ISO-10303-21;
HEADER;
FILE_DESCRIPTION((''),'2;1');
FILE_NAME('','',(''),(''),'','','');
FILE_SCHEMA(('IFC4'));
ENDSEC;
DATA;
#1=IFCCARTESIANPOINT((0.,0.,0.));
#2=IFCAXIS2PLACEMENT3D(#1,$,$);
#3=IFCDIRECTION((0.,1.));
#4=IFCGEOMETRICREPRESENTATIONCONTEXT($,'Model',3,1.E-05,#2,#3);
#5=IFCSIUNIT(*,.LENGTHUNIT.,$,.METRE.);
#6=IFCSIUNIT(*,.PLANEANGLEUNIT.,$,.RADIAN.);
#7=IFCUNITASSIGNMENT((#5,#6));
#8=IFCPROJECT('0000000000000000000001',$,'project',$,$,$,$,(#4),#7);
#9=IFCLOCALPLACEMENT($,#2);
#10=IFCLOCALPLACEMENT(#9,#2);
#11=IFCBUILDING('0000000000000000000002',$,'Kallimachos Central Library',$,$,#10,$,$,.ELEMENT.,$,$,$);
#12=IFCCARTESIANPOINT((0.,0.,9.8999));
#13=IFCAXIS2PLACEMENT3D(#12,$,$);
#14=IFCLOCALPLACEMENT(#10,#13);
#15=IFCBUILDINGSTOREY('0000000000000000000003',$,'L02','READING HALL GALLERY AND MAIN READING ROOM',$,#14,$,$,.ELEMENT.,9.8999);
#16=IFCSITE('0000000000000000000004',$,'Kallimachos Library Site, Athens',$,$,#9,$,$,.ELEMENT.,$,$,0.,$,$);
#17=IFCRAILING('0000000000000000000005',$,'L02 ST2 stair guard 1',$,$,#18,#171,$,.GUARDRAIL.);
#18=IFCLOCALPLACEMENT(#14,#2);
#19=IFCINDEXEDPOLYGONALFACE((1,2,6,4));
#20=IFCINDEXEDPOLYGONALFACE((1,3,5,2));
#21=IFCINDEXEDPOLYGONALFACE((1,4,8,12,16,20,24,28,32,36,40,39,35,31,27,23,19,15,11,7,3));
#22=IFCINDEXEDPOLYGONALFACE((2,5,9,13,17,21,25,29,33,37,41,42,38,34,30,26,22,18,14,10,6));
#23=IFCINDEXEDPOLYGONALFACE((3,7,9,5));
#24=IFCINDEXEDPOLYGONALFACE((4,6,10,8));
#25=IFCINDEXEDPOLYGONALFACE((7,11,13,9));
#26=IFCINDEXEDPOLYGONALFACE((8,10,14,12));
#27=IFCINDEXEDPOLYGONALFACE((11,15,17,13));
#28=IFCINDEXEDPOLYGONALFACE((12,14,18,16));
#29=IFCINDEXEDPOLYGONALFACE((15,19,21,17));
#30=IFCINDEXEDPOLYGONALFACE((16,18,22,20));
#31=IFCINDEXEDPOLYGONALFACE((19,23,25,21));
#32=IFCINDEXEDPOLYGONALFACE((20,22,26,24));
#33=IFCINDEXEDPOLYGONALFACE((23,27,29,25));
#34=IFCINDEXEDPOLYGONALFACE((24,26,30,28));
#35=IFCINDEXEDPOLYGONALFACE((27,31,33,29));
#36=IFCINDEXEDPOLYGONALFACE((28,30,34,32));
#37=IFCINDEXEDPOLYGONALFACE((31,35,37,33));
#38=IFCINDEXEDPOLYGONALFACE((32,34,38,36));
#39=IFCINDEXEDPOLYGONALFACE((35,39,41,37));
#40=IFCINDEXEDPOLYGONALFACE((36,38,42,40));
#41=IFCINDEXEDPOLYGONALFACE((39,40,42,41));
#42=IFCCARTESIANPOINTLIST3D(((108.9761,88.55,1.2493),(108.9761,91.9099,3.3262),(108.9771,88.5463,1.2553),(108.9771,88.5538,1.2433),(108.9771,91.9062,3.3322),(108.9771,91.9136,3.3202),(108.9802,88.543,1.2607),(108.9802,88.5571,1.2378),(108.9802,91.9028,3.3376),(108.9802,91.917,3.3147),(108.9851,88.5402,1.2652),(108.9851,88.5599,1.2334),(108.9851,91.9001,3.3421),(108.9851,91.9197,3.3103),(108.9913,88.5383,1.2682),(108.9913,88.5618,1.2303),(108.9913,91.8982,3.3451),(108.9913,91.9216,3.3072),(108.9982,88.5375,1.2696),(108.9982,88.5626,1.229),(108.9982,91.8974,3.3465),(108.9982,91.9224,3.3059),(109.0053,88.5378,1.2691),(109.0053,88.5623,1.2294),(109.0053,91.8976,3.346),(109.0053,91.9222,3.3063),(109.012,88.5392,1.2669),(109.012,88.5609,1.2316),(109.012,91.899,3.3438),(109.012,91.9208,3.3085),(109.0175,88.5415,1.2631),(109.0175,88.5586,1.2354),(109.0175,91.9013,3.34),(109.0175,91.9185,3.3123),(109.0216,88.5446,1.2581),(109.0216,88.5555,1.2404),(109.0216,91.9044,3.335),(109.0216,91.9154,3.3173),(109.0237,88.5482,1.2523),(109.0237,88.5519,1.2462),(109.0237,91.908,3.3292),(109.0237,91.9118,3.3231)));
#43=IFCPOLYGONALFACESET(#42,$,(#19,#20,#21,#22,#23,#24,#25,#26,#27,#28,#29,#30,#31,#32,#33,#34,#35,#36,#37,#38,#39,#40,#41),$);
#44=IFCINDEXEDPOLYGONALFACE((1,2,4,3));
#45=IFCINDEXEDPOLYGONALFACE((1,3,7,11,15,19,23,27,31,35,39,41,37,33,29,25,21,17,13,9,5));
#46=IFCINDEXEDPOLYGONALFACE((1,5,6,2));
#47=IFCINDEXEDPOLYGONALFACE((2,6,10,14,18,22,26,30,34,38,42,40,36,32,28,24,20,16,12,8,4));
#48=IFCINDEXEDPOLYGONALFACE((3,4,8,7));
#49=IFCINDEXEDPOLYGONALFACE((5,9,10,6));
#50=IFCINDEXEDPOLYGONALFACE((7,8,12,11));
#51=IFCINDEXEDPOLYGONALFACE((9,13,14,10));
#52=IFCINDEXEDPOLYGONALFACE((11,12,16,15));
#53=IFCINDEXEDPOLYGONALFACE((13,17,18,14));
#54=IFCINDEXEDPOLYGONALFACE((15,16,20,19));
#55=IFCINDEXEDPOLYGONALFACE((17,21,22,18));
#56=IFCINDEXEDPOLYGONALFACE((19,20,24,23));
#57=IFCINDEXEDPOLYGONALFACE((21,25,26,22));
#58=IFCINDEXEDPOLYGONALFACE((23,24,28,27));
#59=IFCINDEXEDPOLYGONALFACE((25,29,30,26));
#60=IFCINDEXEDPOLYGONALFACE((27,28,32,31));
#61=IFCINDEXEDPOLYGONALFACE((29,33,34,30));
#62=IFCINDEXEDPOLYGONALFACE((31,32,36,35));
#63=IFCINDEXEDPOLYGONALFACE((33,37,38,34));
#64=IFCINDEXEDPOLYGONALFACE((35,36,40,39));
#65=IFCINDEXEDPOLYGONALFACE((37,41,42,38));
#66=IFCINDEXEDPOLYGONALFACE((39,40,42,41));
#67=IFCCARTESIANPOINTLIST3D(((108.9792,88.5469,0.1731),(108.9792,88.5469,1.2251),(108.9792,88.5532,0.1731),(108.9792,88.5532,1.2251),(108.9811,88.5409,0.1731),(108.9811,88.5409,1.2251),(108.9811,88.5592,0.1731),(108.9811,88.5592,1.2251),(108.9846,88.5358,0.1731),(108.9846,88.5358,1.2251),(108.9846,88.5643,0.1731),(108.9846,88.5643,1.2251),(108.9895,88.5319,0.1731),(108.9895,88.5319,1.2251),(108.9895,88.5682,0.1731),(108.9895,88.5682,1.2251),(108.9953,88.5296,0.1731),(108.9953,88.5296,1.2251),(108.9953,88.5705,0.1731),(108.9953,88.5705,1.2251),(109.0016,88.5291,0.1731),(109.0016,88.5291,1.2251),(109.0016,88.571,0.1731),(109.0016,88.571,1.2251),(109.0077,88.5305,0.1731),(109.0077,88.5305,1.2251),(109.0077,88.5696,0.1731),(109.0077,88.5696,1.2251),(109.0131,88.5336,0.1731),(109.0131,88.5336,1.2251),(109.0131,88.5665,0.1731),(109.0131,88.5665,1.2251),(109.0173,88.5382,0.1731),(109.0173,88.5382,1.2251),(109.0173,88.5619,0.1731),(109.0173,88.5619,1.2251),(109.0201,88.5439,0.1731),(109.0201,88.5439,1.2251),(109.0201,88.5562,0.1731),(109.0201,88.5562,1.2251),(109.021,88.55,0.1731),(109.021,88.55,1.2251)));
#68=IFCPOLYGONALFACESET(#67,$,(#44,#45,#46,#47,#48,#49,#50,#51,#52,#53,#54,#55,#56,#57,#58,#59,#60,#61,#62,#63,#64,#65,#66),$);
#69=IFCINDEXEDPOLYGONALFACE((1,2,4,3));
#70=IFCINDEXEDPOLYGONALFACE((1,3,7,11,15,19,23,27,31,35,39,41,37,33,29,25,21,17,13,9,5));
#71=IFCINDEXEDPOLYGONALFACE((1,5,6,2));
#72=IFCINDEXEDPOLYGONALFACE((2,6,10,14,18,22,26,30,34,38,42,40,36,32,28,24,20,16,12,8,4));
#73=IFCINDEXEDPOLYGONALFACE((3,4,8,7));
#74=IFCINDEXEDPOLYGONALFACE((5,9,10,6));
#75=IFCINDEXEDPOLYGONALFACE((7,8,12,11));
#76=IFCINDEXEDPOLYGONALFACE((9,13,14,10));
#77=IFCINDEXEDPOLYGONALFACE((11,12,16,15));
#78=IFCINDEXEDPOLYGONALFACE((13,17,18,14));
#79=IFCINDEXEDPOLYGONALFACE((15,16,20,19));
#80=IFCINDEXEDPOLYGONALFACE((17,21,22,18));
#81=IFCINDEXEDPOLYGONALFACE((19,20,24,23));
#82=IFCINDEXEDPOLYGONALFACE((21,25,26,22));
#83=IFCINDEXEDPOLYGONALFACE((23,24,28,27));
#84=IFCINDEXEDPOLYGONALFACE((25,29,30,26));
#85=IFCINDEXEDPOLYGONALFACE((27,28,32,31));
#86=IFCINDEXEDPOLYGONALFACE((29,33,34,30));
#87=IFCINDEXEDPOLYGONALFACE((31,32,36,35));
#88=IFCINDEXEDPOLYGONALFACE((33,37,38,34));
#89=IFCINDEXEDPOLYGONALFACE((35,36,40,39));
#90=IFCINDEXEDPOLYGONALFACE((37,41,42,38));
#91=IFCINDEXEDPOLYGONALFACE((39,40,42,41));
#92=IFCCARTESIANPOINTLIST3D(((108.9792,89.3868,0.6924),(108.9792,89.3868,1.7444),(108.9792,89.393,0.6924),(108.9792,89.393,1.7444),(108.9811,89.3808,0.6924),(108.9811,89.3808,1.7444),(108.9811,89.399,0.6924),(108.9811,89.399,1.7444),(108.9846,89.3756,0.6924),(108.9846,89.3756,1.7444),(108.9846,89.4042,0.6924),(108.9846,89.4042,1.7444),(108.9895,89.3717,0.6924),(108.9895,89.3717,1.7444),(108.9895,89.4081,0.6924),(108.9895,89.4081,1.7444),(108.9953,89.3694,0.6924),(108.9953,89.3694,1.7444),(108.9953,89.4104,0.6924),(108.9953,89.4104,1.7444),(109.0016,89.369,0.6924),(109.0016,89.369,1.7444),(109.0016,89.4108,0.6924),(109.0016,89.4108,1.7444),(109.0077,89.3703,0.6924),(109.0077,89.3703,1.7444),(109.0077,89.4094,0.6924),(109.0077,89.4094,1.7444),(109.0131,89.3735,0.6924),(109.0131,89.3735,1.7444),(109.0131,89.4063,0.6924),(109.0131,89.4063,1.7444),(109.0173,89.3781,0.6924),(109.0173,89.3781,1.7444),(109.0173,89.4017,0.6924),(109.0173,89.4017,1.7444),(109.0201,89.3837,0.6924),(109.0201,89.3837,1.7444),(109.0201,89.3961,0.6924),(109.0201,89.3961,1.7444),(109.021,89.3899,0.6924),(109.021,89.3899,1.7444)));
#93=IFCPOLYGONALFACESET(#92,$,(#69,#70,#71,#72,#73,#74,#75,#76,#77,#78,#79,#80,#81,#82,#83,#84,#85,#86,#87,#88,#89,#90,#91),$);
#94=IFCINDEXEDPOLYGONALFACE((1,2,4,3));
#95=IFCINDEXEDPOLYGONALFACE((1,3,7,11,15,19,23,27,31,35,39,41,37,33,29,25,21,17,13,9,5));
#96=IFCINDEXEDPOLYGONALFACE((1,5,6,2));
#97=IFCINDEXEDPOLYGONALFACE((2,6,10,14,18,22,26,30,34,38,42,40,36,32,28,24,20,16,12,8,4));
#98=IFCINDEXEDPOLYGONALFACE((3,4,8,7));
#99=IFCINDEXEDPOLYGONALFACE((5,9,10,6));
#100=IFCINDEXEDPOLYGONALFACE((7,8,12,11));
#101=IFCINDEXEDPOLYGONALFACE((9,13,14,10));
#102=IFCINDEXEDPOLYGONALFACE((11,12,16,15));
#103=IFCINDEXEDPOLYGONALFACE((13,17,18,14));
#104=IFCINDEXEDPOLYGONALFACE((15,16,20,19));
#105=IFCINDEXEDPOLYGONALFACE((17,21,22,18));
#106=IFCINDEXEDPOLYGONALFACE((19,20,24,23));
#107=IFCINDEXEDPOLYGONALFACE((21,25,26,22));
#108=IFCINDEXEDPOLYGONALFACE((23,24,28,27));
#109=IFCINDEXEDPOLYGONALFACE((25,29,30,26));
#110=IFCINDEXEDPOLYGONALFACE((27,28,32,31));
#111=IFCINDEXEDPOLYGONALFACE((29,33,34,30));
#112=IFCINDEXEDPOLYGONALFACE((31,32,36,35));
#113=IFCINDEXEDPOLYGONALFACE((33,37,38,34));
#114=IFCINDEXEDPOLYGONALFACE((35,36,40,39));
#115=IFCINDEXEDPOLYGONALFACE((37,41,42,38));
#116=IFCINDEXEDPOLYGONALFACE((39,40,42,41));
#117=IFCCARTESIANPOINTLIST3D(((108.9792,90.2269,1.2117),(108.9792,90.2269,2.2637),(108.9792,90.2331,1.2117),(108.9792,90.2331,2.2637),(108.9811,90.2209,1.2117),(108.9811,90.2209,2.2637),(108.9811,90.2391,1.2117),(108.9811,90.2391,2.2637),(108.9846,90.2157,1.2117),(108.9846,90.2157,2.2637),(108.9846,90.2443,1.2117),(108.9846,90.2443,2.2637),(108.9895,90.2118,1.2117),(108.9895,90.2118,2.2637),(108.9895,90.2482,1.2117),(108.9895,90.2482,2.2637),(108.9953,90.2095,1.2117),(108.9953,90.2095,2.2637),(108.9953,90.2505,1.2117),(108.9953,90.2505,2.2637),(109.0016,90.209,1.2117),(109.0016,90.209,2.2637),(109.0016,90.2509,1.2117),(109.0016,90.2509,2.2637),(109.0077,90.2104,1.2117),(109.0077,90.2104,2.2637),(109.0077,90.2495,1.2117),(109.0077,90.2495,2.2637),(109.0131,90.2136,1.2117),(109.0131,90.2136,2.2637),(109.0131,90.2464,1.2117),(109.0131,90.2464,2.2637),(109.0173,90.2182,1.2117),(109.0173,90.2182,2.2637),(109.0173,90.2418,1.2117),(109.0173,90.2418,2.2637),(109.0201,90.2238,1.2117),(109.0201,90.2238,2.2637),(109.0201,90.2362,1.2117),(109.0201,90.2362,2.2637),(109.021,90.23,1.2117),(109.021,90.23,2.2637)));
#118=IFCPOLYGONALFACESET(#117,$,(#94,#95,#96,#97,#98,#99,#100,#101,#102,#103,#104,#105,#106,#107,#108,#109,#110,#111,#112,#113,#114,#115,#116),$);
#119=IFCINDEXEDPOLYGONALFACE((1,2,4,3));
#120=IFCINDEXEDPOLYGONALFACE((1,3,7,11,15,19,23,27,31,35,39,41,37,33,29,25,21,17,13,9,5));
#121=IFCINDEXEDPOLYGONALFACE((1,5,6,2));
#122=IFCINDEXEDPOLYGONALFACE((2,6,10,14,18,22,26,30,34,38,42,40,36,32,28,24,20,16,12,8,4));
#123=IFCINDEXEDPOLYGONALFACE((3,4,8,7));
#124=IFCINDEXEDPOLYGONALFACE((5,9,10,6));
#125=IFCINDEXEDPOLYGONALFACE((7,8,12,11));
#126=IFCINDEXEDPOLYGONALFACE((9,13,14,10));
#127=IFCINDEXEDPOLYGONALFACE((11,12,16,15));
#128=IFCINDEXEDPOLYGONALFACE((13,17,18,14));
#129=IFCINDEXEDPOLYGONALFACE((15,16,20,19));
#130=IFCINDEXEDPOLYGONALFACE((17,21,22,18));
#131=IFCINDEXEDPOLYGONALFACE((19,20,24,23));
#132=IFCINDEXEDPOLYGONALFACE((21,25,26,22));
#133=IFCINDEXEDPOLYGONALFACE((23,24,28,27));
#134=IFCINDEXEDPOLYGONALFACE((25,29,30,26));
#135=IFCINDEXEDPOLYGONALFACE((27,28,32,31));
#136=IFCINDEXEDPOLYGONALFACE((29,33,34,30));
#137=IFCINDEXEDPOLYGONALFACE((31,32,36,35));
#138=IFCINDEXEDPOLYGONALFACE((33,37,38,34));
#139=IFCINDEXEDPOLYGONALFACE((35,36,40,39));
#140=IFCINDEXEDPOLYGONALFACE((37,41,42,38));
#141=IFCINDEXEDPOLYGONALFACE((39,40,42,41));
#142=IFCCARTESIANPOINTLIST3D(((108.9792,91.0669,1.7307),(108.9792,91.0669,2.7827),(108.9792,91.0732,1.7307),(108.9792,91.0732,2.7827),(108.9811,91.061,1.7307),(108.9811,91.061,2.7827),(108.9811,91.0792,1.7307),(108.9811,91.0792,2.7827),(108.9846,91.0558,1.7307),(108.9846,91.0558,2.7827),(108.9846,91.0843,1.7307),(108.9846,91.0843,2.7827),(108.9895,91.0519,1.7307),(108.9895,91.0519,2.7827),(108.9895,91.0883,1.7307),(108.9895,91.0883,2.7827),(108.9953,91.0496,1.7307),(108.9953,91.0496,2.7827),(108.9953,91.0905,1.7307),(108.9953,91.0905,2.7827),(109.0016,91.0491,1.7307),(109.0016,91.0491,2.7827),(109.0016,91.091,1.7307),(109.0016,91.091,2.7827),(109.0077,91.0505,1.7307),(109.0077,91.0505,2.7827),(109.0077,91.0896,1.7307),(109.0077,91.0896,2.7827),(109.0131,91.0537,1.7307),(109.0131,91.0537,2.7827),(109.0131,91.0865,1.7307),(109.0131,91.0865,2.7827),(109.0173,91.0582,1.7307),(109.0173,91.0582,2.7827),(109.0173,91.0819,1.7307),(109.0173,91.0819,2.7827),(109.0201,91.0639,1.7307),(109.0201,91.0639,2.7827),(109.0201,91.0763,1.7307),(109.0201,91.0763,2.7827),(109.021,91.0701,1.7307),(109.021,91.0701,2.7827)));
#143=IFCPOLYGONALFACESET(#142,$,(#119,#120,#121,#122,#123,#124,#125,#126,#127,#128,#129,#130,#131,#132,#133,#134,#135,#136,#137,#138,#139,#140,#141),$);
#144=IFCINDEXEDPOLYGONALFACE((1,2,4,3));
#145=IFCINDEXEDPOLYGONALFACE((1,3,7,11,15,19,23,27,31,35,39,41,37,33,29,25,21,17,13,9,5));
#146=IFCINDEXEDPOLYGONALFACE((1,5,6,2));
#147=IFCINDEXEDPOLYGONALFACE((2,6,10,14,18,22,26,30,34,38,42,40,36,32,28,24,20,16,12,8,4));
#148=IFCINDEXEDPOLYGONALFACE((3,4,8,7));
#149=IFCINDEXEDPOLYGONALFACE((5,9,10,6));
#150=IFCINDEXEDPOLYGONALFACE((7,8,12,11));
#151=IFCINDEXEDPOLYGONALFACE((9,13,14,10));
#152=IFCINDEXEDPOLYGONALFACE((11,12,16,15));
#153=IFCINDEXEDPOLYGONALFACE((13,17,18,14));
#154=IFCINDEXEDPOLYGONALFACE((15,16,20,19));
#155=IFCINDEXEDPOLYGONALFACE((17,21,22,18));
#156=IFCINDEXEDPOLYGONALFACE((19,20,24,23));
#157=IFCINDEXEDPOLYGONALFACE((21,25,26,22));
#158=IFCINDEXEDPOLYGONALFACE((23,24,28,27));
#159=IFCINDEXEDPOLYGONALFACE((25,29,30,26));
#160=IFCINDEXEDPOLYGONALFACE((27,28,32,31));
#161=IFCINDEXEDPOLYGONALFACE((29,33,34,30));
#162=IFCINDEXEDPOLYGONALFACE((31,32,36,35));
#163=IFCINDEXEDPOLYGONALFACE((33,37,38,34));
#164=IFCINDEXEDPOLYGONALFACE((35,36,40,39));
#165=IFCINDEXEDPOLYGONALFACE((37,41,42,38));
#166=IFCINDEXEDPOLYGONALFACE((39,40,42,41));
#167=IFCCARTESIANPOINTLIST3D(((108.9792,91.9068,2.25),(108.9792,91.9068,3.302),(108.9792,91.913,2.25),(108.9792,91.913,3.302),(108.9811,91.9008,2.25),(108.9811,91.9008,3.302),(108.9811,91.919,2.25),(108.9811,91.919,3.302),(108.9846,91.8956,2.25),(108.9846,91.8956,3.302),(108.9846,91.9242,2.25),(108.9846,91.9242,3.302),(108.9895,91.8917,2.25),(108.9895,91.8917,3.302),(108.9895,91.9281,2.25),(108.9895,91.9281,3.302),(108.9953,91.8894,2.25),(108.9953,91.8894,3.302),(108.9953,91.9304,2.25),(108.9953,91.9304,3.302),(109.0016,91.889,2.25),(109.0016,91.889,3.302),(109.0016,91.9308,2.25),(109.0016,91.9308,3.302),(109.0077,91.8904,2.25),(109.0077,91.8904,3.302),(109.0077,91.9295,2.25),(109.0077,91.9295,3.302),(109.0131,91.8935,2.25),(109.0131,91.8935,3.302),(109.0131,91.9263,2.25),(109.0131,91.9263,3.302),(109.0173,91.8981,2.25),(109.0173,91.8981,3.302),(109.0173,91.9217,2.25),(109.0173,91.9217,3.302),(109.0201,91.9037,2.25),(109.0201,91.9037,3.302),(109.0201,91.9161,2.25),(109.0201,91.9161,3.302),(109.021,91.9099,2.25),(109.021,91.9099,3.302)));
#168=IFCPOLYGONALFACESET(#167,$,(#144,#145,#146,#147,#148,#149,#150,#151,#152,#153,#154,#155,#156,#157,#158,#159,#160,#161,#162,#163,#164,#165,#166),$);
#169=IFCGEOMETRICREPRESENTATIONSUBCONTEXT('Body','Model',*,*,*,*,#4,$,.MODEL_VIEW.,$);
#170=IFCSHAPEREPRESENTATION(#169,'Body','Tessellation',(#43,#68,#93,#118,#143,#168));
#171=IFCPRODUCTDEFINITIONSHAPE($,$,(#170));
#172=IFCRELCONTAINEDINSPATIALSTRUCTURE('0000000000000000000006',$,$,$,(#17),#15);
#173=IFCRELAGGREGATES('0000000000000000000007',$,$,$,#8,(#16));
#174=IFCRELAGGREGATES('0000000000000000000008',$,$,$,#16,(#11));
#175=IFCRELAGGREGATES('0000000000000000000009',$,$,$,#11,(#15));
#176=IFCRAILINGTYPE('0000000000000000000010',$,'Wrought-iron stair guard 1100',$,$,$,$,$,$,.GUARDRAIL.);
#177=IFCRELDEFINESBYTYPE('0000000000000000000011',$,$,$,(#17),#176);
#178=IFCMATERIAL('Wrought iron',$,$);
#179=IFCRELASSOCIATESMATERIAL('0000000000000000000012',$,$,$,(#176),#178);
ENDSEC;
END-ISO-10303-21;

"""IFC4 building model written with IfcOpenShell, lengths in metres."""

from ifc_helpers import new_model, si_unit, direction, frame, origin, origin_2d, place, context, subcontext, project, spatial, circle, extrude, material, type_object, element, save


model = new_model("IFC4")

# Units and contexts
model_context = context("Model", 3, precision=1e-05, world=origin(), true_north=direction((0.0, 1.0)))
body_context = subcontext(model_context, "Body", "Model", "MODEL_VIEW")
ifc_project = project(units=[si_unit("LENGTHUNIT", "METRE"), si_unit("PLANEANGLEUNIT", "RADIAN")], contexts=[model_context])

# Site, building, storey
site_placement = place(None, origin())
site = spatial("IfcSite", under=ifc_project, at=site_placement, Name="Kallimachos Library Site, Athens", CompositionType="ELEMENT", RefElevation=0.0)
building_placement = place(site_placement, origin())
building = spatial("IfcBuilding", under=site, at=building_placement, Name="Kallimachos Central Library", CompositionType="ELEMENT")
storey_placement = place(building_placement, frame((0.0, 0.0, 9.8999)))
storey = spatial("IfcBuildingStorey", under=building, at=storey_placement, Name="L02", Description="READING HALL GALLERY AND MAIN READING ROOM", CompositionType="ELEMENT", Elevation=9.8999)

# Railing
ifc_material_1 = material(Name="Wrought iron")
railing_type_1 = type_object("IfcRailingType", Name="Wrought-iron stair guard 1100", PredefinedType="GUARDRAIL", material=ifc_material_1)
railing_1_placement = place(storey_placement, frame((109.0, 88.55, 0.1731)))
element("IfcRailing", 1, at=railing_1_placement, inside=storey, type_object=railing_type_1, Name="L02 ST2 stair guard 1", PredefinedType="GUARDRAIL", context=body_context, shape_type="SweptSolid", body=[
    extrude(circle(Radius=0.0239, at=origin_2d()), frame((0.0, 0.0, 1.0762), z_axis=(0.0, 0.850606, 0.525803), x_axis=(-1.0, 0.0, 0.0)), (0.0, 0.0, 1.0), 3.95),
    extrude(circle(Radius=0.021, at=origin_2d()), origin(), (0.0, 0.0, 1.0), 1.052),
    extrude(circle(Radius=0.021, at=origin_2d()), frame((0.0, 0.8398, 0.5193)), (0.0, 0.0, 1.0), 1.052),
    extrude(circle(Radius=0.021, at=origin_2d()), frame((0.0, 1.6799, 1.0386)), (0.0, 0.0, 1.0), 1.052),
    extrude(circle(Radius=0.021, at=origin_2d()), frame((0.0, 2.52, 1.5576)), (0.0, 0.0, 1.0), 1.052),
    extrude(circle(Radius=0.021, at=origin_2d()), frame((0.0, 3.3599, 2.0769)), (0.0, 0.0, 1.0), 1.052),
])

save(model, "model.ifc")
